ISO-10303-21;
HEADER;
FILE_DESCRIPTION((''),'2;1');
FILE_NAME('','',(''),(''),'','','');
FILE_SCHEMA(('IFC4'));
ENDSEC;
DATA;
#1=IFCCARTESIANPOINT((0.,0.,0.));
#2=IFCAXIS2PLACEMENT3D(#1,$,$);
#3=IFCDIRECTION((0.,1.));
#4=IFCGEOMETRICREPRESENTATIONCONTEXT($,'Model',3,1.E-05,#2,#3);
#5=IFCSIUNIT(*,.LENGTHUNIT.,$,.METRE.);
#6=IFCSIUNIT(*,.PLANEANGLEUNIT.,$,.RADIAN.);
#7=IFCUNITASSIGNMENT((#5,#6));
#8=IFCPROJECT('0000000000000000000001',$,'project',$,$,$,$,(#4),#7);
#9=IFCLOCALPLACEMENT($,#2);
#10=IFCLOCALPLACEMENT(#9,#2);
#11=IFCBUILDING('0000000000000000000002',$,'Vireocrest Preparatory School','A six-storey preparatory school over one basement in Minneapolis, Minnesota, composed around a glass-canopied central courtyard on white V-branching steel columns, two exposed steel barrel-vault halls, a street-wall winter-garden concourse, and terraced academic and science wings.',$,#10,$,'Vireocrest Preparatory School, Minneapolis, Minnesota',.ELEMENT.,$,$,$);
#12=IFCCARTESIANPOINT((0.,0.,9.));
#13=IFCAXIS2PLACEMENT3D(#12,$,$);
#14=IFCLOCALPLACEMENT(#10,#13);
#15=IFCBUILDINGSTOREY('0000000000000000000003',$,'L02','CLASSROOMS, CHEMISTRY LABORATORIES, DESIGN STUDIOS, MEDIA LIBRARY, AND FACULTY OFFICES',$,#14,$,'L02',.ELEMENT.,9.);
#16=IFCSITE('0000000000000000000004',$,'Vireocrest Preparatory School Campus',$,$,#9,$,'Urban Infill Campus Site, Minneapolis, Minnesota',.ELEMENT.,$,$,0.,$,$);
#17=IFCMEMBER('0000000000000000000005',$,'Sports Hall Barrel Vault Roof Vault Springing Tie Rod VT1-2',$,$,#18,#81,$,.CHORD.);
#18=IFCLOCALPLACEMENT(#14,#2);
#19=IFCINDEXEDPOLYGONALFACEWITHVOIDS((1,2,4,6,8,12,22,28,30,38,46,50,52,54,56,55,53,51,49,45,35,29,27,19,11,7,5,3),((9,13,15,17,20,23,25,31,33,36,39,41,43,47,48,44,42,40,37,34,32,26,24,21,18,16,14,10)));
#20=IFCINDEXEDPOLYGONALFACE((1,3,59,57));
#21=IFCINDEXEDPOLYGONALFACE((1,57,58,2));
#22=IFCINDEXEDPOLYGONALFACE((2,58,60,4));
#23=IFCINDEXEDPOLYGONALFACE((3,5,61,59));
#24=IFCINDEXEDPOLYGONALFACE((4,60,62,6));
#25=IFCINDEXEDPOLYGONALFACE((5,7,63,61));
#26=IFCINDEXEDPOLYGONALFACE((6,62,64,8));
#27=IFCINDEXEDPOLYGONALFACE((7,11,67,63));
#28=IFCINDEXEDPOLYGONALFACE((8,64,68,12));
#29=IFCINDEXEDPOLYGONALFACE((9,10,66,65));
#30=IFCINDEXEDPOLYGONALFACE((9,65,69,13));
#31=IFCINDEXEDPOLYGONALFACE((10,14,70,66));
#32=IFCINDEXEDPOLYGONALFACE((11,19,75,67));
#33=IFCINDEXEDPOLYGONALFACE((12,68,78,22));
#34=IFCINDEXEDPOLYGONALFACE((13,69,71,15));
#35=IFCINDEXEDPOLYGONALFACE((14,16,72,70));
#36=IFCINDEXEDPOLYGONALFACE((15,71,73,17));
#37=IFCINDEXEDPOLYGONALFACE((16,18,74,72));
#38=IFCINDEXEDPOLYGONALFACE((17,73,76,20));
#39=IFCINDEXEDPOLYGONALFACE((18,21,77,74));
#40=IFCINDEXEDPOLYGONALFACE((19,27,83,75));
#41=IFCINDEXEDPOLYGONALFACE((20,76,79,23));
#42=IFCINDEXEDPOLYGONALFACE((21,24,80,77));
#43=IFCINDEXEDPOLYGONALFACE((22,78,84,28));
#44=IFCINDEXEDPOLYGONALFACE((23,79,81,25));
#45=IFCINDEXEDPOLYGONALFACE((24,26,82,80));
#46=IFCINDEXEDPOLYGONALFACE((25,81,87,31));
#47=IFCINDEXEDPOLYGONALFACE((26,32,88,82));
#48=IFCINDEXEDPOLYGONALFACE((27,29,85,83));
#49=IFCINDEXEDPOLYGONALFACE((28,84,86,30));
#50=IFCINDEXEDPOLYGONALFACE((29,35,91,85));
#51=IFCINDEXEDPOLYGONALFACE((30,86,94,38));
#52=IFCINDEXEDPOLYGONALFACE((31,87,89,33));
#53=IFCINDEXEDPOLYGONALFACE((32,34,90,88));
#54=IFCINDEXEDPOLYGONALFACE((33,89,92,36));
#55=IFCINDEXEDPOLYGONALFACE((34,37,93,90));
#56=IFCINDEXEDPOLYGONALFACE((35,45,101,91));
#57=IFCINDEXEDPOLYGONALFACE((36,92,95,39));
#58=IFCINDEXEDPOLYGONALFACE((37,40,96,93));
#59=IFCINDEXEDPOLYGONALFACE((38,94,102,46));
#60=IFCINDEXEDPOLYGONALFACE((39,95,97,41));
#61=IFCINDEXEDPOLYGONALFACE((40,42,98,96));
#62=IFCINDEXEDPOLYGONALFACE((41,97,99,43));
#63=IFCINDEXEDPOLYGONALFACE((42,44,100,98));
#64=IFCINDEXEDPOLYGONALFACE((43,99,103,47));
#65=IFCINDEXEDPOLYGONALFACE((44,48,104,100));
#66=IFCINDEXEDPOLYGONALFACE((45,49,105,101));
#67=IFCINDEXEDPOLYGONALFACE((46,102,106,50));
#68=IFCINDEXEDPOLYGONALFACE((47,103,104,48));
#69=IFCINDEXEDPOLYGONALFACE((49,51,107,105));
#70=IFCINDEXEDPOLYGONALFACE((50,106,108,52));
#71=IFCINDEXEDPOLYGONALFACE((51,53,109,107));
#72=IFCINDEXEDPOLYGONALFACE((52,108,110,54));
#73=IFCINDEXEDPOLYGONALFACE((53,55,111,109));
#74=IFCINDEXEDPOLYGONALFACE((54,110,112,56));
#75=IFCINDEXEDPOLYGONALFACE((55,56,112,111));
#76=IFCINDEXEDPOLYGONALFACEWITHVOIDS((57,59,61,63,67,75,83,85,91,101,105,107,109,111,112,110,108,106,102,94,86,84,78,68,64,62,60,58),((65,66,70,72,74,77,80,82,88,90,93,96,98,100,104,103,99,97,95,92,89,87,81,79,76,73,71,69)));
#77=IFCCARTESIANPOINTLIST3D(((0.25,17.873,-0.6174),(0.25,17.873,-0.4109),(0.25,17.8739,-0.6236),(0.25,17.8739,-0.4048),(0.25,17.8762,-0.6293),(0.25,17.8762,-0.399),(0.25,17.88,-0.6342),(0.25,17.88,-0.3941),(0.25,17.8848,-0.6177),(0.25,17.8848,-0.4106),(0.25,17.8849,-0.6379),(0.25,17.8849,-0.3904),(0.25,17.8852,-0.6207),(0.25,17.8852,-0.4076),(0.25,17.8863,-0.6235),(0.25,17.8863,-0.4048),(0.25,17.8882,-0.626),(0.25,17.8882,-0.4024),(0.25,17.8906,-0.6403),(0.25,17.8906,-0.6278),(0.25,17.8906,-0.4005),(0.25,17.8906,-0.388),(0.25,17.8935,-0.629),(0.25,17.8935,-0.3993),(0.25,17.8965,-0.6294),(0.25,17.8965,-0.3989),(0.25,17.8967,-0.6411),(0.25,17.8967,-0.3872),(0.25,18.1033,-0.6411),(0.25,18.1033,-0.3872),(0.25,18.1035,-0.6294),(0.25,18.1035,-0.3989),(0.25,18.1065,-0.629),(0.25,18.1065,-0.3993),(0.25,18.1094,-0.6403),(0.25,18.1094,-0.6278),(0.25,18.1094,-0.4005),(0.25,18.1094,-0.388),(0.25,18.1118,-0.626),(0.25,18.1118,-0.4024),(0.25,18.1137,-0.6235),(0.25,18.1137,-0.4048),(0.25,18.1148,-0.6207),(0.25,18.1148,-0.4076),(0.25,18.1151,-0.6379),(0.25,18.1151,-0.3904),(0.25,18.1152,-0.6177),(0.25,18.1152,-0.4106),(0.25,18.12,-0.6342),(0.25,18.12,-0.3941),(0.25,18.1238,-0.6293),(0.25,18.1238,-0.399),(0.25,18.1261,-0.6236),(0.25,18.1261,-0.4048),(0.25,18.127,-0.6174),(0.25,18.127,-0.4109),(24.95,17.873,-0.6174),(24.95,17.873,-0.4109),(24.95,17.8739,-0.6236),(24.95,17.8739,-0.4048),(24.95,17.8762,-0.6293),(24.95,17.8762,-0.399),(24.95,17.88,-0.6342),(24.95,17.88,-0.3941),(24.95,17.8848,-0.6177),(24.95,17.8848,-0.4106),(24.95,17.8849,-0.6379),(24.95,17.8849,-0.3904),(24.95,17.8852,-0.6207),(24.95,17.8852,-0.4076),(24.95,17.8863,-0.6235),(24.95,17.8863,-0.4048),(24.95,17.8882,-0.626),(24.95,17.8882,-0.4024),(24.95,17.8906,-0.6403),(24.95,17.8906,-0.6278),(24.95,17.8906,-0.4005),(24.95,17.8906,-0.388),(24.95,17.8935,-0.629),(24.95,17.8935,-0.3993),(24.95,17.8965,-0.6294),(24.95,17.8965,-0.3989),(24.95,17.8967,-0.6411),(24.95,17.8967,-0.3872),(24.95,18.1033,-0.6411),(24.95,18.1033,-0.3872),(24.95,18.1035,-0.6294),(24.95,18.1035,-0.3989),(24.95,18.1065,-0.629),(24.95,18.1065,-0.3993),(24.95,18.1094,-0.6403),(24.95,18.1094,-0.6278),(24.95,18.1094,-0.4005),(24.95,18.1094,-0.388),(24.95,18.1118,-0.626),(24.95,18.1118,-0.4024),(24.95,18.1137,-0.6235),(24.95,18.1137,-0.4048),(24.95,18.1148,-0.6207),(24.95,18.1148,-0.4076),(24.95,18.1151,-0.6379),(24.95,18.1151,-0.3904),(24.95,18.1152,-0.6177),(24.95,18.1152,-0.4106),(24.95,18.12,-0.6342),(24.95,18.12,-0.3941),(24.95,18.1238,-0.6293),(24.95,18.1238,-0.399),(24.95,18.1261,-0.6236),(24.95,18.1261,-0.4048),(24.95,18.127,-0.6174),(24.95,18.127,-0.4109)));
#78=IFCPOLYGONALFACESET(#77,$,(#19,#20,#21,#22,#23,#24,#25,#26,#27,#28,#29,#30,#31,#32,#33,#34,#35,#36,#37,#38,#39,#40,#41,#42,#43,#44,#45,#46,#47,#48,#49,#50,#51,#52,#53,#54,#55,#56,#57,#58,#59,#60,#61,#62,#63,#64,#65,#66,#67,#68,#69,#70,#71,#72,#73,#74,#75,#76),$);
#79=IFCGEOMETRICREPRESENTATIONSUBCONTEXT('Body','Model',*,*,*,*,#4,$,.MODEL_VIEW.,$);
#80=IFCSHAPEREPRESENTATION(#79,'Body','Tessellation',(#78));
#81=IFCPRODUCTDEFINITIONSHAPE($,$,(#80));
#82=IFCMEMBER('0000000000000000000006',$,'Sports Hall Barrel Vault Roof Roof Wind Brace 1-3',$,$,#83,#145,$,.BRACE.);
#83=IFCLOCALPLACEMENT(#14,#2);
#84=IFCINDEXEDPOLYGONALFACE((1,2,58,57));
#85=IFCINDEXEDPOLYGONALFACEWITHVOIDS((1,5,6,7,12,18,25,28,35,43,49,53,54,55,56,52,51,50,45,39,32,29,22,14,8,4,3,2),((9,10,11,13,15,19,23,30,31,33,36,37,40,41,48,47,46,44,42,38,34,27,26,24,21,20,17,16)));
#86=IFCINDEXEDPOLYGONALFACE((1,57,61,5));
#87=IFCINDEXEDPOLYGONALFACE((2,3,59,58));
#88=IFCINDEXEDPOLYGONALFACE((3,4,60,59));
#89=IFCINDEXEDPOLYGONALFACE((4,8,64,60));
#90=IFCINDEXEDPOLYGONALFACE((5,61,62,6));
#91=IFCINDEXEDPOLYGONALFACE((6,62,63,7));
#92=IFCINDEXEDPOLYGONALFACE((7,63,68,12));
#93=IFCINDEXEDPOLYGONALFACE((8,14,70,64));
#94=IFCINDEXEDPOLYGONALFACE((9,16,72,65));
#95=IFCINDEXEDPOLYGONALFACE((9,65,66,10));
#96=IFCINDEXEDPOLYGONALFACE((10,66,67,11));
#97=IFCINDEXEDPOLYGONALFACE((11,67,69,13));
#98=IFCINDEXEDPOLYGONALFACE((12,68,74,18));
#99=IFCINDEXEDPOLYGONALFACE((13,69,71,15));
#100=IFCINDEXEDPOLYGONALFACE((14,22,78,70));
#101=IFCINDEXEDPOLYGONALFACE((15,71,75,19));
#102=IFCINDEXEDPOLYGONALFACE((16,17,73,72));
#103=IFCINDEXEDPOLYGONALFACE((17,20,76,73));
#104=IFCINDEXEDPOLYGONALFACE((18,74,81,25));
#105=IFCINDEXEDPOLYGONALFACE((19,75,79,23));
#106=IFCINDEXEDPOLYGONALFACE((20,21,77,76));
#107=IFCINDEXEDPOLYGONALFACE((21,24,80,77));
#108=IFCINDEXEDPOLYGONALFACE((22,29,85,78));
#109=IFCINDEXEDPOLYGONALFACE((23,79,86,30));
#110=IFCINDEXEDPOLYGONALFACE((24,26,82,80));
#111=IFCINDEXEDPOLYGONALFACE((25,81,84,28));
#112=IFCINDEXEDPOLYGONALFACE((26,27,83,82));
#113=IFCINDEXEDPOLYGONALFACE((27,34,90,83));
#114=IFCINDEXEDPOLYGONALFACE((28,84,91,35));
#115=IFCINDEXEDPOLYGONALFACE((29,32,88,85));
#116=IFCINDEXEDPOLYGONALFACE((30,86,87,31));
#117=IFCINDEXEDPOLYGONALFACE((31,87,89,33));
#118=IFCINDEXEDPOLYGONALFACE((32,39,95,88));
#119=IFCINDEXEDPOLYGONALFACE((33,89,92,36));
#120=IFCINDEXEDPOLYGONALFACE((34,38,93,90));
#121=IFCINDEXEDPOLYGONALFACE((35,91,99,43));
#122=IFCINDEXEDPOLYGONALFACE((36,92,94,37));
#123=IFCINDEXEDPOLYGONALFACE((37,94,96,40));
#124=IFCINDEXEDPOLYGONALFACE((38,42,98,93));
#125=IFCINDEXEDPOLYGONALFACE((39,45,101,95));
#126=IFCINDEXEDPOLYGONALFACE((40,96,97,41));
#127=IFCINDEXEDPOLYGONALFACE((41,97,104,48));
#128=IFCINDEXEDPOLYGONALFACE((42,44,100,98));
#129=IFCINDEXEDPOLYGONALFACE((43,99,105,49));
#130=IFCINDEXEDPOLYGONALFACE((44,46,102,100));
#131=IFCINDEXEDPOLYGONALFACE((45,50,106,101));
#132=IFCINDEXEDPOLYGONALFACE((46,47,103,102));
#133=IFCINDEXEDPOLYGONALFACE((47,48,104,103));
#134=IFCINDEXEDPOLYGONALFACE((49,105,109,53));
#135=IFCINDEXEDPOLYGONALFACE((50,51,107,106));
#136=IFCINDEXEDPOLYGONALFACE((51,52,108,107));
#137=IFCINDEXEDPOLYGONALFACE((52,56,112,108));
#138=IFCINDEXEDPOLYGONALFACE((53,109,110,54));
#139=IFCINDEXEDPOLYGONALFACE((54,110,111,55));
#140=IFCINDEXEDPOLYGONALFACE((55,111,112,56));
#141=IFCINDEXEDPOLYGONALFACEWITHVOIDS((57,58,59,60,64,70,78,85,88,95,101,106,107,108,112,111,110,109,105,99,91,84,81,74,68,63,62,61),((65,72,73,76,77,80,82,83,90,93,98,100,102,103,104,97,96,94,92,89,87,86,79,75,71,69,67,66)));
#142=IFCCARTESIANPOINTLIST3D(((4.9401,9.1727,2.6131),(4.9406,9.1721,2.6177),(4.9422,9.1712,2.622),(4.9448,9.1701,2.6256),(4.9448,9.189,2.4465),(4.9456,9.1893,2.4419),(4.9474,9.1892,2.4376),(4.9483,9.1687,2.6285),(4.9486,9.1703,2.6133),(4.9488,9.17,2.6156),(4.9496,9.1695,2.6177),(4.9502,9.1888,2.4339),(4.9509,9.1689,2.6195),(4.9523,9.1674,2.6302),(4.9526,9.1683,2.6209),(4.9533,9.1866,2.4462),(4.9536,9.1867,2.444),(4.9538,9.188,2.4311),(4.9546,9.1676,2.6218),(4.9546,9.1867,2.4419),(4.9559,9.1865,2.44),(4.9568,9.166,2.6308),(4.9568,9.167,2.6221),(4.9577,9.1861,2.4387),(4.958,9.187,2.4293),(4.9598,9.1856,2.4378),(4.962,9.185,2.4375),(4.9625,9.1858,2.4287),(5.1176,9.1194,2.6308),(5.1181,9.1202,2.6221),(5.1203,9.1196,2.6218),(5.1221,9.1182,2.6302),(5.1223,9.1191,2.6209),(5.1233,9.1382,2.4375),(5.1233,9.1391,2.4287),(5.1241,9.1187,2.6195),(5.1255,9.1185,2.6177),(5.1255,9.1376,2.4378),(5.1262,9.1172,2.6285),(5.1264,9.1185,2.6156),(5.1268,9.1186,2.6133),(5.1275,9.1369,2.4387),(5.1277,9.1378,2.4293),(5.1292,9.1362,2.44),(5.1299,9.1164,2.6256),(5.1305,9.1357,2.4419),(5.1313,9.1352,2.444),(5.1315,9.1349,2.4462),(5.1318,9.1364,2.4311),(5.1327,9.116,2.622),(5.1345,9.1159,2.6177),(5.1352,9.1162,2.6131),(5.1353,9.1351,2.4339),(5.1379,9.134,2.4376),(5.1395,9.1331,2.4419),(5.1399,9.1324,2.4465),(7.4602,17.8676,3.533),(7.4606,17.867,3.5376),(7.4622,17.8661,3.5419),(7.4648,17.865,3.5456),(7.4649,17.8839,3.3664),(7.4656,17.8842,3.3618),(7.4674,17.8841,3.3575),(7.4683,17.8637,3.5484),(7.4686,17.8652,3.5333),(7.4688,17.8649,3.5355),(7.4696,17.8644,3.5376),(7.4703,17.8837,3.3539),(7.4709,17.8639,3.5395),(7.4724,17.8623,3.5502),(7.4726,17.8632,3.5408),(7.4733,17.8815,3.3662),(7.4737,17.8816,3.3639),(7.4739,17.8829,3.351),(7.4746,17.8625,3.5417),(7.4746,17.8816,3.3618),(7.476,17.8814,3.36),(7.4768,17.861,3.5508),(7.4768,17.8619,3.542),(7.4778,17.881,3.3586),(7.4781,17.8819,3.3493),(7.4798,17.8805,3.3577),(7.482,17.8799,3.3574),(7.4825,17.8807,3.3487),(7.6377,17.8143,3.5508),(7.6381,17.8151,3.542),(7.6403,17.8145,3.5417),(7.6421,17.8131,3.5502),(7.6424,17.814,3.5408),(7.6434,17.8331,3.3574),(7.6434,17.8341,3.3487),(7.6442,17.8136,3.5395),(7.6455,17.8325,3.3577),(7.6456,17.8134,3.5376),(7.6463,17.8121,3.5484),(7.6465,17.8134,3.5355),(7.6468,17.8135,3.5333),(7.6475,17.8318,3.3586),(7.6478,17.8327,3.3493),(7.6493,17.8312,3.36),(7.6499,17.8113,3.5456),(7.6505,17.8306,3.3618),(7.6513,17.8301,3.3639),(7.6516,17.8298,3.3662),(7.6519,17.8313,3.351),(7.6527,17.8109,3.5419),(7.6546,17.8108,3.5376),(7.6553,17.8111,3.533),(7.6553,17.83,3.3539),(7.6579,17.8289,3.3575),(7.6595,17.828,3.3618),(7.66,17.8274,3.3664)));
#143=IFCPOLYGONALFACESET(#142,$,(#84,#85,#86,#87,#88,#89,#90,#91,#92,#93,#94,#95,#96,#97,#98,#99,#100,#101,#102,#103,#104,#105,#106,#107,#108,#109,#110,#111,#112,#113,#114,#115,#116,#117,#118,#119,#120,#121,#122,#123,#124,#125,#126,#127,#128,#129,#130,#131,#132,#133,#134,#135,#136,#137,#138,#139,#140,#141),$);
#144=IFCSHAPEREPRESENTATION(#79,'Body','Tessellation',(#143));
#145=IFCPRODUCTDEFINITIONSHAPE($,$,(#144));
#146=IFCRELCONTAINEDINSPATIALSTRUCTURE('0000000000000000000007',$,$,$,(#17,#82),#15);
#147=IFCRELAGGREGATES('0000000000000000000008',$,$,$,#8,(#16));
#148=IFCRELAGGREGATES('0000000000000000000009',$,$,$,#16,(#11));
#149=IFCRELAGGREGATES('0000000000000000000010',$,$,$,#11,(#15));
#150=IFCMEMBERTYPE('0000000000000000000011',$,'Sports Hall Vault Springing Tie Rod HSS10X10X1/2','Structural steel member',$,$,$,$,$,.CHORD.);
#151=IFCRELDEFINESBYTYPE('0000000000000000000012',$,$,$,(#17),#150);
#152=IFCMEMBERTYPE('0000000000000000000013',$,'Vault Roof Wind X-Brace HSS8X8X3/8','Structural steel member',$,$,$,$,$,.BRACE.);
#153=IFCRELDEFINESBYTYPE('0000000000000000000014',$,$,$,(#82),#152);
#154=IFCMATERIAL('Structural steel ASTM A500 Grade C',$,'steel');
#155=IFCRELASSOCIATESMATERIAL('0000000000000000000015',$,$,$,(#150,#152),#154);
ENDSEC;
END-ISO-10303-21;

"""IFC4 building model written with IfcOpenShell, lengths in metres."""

from ifc_helpers import new_model, si_unit, direction, frame, origin, origin_2d, place, context, subcontext, project, spatial, hollow_rectangle, extrude, material, material_profile, profile_set, type_object, element, save


model = new_model("IFC4")

# Units and contexts
model_context = context("Model", 3, precision=1e-05, world=origin(), true_north=direction((0.0, 1.0)))
body_context = subcontext(model_context, "Body", "Model", "MODEL_VIEW")
ifc_project = project(units=[si_unit("LENGTHUNIT", "METRE"), si_unit("PLANEANGLEUNIT", "RADIAN")], contexts=[model_context])

# Site, building, storey
site_placement = place(None, origin())
site = spatial("IfcSite", under=ifc_project, at=site_placement, Name="Vireocrest Preparatory School Campus", LongName="Urban Infill Campus Site, Minneapolis, Minnesota", CompositionType="ELEMENT", RefElevation=0.0)
building_placement = place(site_placement, origin())
building = spatial("IfcBuilding", under=site, at=building_placement, Name="Vireocrest Preparatory School", Description="A six-storey preparatory school over one basement in Minneapolis, Minnesota, composed around a glass-canopied central courtyard on white V-branching steel columns, two exposed steel barrel-vault halls, a street-wall winter-garden concourse, and terraced academic and science wings.", LongName="Vireocrest Preparatory School, Minneapolis, Minnesota", CompositionType="ELEMENT")
storey_placement = place(building_placement, frame((0.0, 0.0, 9.0)))
storey = spatial("IfcBuildingStorey", under=building, at=storey_placement, Name="L02", Description="CLASSROOMS, CHEMISTRY LABORATORIES, DESIGN STUDIOS, MEDIA LIBRARY, AND FACULTY OFFICES", LongName="L02", CompositionType="ELEMENT", Elevation=9.0)

# Shared definitions
ifc_material_1 = material(Name="Structural steel ASTM A500 Grade C", Category="steel")

# Members
ifc_material_profile_1 = material_profile(ifc_material_1, hollow_rectangle(XDim=0.2539, YDim=0.2539, WallThickness=0.0117, InnerFilletRadius=0.0117, OuterFilletRadius=0.0237, at=origin_2d()), Name="HSS10X10X1/2")
ifc_profile_set_1 = profile_set([ifc_material_profile_1], Name="Structural steel ASTM A500 Grade C")
member_type_1 = type_object("IfcMemberType", Name="Sports Hall Vault Springing Tie Rod HSS10X10X1/2", Description="Structural steel member", PredefinedType="CHORD", material=ifc_profile_set_1)
member_1_placement = place(storey_placement, frame((0.25, 18.0, -0.5142), z_axis=(1.0, 0.0, 0.0), x_axis=(0.0, 1.0, 0.0)))
element("IfcMember", 1, at=member_1_placement, inside=storey, type_object=member_type_1, Name="Sports Hall Barrel Vault Roof Vault Springing Tie Rod VT1-2", PredefinedType="CHORD", context=body_context, shape_type="SweptSolid", body=[
    extrude(hollow_rectangle(XDim=0.2539, YDim=0.2539, WallThickness=0.0117, InnerFilletRadius=0.0117, OuterFilletRadius=0.0237, at=origin_2d()), origin(), (0.0, 0.0, 1.0), 24.7),
])
ifc_material_profile_2 = material_profile(ifc_material_1, hollow_rectangle(XDim=0.2031, YDim=0.2031, WallThickness=0.0088, InnerFilletRadius=0.0088, OuterFilletRadius=0.0178, at=origin_2d()), Name="HSS8X8X3/8")
ifc_profile_set_2 = profile_set([ifc_material_profile_2], Name="Structural steel ASTM A500 Grade C")
member_type_2 = type_object("IfcMemberType", Name="Vault Roof Wind X-Brace HSS8X8X3/8", Description="Structural steel member", PredefinedType="BRACE", material=ifc_profile_set_2)
member_2_placement = place(storey_placement, frame((5.04, 9.1526, 2.5298), z_axis=(0.276947, 0.955552, 0.101098), x_axis=(-0.960473, 0.278374, 0.0)))
element("IfcMember", 2, at=member_2_placement, inside=storey, type_object=member_type_2, Name="Sports Hall Barrel Vault Roof Roof Wind Brace 1-3", PredefinedType="BRACE", context=body_context, shape_type="SweptSolid", body=[
    extrude(hollow_rectangle(XDim=0.2031, YDim=0.2031, WallThickness=0.0088, InnerFilletRadius=0.0088, OuterFilletRadius=0.0178, at=origin_2d()), origin(), (0.0, 0.0, 1.0), 9.0994),
])

save(model, "model.ifc")
